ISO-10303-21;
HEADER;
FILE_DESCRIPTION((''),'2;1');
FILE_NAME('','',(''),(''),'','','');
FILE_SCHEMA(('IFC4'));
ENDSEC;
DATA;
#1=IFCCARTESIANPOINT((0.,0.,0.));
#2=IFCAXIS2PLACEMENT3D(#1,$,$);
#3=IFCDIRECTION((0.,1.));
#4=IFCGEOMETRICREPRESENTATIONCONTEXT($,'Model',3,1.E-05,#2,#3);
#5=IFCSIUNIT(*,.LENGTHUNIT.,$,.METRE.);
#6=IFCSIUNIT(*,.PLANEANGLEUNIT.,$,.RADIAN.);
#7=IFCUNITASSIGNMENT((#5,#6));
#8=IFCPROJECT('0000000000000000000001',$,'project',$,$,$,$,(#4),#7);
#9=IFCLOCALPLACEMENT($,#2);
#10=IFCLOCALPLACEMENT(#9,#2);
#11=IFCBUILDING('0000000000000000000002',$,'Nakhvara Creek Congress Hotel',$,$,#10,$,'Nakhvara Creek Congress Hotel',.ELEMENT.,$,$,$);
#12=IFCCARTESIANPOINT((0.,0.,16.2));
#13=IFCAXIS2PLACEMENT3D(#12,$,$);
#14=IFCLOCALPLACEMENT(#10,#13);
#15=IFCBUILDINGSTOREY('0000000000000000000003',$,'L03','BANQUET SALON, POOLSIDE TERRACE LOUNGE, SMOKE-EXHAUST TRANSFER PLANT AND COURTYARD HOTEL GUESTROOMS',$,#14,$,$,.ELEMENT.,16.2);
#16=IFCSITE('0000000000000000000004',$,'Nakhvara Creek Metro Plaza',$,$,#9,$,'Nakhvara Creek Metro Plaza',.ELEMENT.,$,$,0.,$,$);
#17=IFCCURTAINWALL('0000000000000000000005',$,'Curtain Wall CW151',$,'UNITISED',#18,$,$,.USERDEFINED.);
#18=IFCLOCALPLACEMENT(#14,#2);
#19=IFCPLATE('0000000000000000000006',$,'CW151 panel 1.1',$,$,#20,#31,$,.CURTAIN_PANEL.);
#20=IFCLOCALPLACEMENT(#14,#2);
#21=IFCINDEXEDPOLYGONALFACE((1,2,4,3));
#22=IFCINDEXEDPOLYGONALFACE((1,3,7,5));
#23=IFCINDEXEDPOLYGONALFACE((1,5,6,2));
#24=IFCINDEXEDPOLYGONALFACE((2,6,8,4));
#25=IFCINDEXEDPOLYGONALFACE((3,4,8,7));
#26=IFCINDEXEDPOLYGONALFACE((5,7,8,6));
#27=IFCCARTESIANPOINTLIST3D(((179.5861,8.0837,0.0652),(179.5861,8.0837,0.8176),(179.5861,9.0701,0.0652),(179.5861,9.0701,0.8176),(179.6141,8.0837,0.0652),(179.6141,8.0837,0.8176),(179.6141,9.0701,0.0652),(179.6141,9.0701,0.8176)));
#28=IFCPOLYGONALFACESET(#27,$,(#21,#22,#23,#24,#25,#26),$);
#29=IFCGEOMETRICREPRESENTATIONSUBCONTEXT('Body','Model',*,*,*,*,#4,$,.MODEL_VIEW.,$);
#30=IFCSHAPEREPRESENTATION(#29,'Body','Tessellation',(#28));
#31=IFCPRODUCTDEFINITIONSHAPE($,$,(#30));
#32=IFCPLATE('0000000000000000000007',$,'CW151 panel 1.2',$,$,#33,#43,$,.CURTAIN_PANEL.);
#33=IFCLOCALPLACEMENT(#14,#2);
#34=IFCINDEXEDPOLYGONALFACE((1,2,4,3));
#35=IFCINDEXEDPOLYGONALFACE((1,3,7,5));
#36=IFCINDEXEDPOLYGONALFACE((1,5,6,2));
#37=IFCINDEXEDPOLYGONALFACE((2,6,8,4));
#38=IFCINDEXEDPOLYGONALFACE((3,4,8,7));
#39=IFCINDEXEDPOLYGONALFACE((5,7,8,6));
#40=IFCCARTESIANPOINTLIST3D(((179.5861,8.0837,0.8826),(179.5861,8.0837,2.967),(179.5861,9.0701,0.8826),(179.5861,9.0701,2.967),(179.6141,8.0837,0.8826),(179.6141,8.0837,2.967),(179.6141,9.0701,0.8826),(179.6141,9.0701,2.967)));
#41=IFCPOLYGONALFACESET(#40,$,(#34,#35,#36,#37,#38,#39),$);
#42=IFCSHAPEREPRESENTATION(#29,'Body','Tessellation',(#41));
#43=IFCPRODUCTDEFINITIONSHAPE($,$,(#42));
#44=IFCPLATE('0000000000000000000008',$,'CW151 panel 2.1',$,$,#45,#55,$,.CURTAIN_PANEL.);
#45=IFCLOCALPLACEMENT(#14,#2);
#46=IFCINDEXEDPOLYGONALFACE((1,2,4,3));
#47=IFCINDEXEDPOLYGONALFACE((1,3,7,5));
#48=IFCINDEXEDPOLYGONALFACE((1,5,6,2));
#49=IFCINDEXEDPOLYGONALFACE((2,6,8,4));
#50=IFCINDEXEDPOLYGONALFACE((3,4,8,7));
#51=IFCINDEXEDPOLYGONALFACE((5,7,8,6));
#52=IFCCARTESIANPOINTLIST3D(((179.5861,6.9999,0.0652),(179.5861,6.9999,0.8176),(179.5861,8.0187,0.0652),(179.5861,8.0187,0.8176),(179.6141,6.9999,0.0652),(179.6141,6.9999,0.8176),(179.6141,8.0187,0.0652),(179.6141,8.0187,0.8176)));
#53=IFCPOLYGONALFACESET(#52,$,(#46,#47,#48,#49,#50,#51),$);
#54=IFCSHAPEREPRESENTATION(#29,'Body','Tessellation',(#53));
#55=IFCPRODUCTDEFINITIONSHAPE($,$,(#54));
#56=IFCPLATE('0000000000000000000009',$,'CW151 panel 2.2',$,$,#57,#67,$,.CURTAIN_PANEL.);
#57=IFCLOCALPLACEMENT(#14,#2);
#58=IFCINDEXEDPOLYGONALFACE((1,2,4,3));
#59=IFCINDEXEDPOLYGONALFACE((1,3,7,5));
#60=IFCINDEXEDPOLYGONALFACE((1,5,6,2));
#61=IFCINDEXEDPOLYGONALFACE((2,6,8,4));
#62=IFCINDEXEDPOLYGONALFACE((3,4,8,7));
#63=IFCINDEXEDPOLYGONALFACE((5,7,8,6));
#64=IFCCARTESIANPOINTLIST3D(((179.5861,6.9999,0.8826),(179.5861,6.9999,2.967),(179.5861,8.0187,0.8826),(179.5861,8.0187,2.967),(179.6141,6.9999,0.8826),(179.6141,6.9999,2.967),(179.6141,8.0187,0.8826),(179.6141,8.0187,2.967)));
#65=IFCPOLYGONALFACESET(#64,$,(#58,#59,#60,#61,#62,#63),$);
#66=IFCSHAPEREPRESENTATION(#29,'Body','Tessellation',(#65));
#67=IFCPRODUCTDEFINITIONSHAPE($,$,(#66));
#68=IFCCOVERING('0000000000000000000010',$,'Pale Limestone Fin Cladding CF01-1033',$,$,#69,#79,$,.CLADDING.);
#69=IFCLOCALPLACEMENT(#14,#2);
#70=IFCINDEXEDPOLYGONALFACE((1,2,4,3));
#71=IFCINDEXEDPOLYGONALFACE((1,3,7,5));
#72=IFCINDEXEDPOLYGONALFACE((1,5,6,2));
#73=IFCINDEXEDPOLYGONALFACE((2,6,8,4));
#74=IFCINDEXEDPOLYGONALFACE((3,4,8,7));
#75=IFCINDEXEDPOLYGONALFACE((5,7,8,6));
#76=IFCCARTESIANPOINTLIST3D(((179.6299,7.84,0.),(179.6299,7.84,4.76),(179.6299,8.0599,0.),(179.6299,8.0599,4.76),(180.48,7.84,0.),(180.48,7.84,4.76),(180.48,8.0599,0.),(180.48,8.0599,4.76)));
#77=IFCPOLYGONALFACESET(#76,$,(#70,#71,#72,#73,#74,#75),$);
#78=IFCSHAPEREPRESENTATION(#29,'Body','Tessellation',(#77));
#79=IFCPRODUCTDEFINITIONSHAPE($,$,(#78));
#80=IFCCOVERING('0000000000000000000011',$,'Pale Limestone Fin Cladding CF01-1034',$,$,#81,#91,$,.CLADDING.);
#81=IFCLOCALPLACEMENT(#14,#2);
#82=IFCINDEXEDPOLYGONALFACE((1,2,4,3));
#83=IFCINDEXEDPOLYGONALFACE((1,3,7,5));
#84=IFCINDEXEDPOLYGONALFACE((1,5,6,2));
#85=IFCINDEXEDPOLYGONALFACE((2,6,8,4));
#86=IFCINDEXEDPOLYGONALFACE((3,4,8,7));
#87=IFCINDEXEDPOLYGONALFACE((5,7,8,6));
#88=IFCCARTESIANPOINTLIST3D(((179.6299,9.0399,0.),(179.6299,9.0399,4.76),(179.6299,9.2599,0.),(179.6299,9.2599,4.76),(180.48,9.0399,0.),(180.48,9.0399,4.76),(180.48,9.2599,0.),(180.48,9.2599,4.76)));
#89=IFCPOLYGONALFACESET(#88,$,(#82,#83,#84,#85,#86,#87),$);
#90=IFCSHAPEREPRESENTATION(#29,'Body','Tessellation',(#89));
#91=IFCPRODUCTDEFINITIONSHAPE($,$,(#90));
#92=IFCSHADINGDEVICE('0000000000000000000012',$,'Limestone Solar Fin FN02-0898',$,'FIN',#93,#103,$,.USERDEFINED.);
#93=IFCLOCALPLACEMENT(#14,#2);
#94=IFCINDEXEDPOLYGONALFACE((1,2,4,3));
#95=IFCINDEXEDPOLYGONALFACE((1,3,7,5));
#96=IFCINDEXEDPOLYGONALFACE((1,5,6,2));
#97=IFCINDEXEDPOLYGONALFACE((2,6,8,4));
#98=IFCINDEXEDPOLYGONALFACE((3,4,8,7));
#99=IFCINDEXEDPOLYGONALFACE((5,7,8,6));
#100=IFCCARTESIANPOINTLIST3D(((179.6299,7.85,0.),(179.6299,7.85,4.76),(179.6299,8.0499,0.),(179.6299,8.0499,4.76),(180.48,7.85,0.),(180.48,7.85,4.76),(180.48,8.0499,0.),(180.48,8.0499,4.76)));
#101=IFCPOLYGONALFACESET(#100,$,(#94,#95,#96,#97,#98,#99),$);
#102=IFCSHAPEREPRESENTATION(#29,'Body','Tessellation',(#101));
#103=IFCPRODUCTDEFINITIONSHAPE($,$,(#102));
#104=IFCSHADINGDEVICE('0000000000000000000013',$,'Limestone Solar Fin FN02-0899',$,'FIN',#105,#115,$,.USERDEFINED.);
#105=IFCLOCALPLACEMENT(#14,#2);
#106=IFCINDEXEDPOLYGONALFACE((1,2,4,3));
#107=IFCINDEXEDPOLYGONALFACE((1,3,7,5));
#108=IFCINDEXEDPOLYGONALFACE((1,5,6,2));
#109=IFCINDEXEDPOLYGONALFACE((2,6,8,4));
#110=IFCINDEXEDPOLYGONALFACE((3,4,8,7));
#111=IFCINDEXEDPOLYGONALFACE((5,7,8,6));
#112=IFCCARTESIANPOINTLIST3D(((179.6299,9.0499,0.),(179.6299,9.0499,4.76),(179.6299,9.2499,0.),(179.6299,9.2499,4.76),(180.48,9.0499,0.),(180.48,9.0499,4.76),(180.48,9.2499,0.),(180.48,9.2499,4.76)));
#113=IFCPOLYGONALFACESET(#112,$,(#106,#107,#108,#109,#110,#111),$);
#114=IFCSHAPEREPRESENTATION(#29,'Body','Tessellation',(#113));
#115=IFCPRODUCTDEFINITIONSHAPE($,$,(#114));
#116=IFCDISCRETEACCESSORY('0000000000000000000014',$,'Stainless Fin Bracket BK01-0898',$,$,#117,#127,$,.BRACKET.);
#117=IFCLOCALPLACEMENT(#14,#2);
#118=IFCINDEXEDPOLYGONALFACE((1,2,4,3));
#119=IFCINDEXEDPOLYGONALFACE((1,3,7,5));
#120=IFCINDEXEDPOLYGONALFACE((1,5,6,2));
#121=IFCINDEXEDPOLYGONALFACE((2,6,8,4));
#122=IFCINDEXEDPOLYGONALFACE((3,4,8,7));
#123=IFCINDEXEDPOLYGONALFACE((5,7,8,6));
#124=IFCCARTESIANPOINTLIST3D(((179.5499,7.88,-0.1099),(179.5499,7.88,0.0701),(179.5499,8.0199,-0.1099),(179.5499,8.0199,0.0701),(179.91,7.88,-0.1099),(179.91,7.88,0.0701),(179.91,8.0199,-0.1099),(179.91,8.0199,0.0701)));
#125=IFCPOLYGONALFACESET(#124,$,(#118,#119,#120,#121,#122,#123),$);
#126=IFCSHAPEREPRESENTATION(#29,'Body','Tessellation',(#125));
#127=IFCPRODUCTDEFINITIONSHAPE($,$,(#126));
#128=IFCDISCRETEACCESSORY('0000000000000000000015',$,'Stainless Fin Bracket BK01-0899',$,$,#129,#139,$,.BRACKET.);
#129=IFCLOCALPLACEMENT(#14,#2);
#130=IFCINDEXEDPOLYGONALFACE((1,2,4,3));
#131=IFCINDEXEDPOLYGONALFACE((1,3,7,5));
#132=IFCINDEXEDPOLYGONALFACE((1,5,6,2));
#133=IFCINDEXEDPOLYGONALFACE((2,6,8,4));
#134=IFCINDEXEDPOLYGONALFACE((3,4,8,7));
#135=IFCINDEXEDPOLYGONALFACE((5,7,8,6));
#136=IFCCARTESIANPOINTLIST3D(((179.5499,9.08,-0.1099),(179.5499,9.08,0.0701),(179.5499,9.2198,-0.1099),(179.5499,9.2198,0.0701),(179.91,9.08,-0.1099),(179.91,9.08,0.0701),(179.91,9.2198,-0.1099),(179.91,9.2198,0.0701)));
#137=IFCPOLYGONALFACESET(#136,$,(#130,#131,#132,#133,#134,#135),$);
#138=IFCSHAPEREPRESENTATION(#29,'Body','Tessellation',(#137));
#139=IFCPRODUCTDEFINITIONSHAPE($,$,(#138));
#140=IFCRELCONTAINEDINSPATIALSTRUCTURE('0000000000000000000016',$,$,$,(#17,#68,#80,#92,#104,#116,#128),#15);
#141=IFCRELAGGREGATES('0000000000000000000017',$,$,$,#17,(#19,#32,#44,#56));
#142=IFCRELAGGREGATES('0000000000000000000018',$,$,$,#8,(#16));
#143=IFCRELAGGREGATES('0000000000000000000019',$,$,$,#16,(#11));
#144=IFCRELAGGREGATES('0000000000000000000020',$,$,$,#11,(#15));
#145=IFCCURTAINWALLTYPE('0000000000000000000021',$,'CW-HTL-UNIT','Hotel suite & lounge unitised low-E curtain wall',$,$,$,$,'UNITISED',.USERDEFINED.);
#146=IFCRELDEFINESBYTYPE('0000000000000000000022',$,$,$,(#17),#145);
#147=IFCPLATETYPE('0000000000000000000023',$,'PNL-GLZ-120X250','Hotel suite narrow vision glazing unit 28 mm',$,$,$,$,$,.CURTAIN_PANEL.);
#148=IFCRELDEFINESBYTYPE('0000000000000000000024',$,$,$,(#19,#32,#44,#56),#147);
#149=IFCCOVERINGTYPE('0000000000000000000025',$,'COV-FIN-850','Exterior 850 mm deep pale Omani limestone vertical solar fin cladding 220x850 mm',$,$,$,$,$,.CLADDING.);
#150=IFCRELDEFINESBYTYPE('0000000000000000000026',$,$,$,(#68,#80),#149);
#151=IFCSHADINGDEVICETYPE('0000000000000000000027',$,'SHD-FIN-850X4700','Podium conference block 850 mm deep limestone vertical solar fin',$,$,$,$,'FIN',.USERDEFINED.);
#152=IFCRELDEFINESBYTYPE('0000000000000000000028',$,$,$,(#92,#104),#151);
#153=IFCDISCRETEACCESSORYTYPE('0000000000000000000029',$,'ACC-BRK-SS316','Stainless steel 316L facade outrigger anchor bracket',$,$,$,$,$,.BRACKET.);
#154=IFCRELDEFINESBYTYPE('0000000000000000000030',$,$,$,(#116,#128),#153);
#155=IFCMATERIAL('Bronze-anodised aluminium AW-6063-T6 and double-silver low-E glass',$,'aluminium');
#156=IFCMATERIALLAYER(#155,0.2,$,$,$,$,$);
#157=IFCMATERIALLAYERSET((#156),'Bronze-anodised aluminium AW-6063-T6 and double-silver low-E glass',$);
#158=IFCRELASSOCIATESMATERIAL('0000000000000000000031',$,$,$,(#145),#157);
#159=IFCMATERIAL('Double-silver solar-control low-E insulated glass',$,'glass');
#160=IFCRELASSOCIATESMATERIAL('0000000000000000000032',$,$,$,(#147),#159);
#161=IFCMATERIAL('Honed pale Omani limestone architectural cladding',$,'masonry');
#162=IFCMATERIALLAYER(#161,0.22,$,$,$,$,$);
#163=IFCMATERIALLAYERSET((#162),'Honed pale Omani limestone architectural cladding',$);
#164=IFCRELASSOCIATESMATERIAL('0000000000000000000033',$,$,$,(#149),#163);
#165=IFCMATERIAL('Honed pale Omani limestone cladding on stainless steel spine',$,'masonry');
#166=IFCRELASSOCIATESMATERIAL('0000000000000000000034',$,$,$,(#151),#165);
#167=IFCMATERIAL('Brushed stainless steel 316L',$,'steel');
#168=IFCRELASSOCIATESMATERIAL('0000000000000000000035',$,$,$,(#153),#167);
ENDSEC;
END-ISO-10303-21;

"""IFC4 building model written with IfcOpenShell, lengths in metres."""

from ifc_helpers import new_model, si_unit, direction, frame, origin, origin_2d, place, context, subcontext, project, spatial, rectangle, extrude, material, layer, layer_set, type_object, element, aggregate, save


model = new_model("IFC4")

# Units and contexts
model_context = context("Model", 3, precision=1e-05, world=origin(), true_north=direction((0.0, 1.0)))
body_context = subcontext(model_context, "Body", "Model", "MODEL_VIEW")
ifc_project = project(units=[si_unit("LENGTHUNIT", "METRE"), si_unit("PLANEANGLEUNIT", "RADIAN")], contexts=[model_context])

# Site, building, storey
site_placement = place(None, origin())
site = spatial("IfcSite", under=ifc_project, at=site_placement, Name="Nakhvara Creek Metro Plaza", LongName="Nakhvara Creek Metro Plaza", CompositionType="ELEMENT", RefElevation=0.0)
building_placement = place(site_placement, origin())
building = spatial("IfcBuilding", under=site, at=building_placement, Name="Nakhvara Creek Congress Hotel", LongName="Nakhvara Creek Congress Hotel", CompositionType="ELEMENT")
storey_placement = place(building_placement, frame((0.0, 0.0, 16.2)))
storey = spatial("IfcBuildingStorey", under=building, at=storey_placement, Name="L03", Description="BANQUET SALON, POOLSIDE TERRACE LOUNGE, SMOKE-EXHAUST TRANSFER PLANT AND COURTYARD HOTEL GUESTROOMS", CompositionType="ELEMENT", Elevation=16.2)

# Curtain wall, plates
ifc_material_1 = material(Name="Bronze-anodised aluminium AW-6063-T6 and double-silver low-E glass", Category="aluminium")
ifc_layer_1 = layer(ifc_material_1, 0.2)
ifc_layer_set_1 = layer_set([ifc_layer_1], Name="Bronze-anodised aluminium AW-6063-T6 and double-silver low-E glass")
curtain_wall_type = type_object("IfcCurtainWallType", Name="CW-HTL-UNIT", Description="Hotel suite & lounge unitised low-E curtain wall", ElementType="UNITISED", PredefinedType="USERDEFINED", material=ifc_layer_set_1)
curtain_wall_placement = place(storey_placement, origin())
curtain_wall = element("IfcCurtainWall", 1, at=curtain_wall_placement, inside=storey, type_object=curtain_wall_type, Name="Curtain Wall CW151", ObjectType="UNITISED", PredefinedType="USERDEFINED")
ifc_material_2 = material(Name="Double-silver solar-control low-E insulated glass", Category="glass")
plate_type = type_object("IfcPlateType", Name="PNL-GLZ-120X250", Description="Hotel suite narrow vision glazing unit 28 mm", PredefinedType="CURTAIN_PANEL", material=ifc_material_2)
plate_1_placement = place(storey_placement, frame((179.6001, 8.5769, 0.0652), z_axis=(0.0, 0.0, 1.0), x_axis=(0.0, -1.0, 0.0)))
plate_1 = element("IfcPlate", 2, at=plate_1_placement, type_object=plate_type, Name="CW151 panel 1.1", PredefinedType="CURTAIN_PANEL", context=body_context, shape_type="SweptSolid", body=[
    extrude(rectangle(XDim=0.9863, YDim=0.0281, at=origin_2d()), origin(), (0.0, 0.0, 1.0), 0.7524),
])
plate_2_placement = place(storey_placement, frame((179.6001, 8.5769, 0.8826), z_axis=(0.0, 0.0, 1.0), x_axis=(0.0, -1.0, 0.0)))
plate_2 = element("IfcPlate", 3, at=plate_2_placement, type_object=plate_type, Name="CW151 panel 1.2", PredefinedType="CURTAIN_PANEL", context=body_context, shape_type="SweptSolid", body=[
    extrude(rectangle(XDim=0.9863, YDim=0.0281, at=origin_2d()), origin(), (0.0, 0.0, 1.0), 2.0845),
])
plate_3_placement = place(storey_placement, frame((179.6001, 7.5093, 0.0652), z_axis=(0.0, 0.0, 1.0), x_axis=(0.0, -1.0, 0.0)))
plate_3 = element("IfcPlate", 4, at=plate_3_placement, type_object=plate_type, Name="CW151 panel 2.1", PredefinedType="CURTAIN_PANEL", context=body_context, shape_type="SweptSolid", body=[
    extrude(rectangle(XDim=1.0188, YDim=0.0281, at=origin_2d()), origin(), (0.0, 0.0, 1.0), 0.7524),
])
plate_4_placement = place(storey_placement, frame((179.6001, 7.5093, 0.8826), z_axis=(0.0, 0.0, 1.0), x_axis=(0.0, -1.0, 0.0)))
plate_4 = element("IfcPlate", 5, at=plate_4_placement, type_object=plate_type, Name="CW151 panel 2.2", PredefinedType="CURTAIN_PANEL", context=body_context, shape_type="SweptSolid", body=[
    extrude(rectangle(XDim=1.0188, YDim=0.0281, at=origin_2d()), origin(), (0.0, 0.0, 1.0), 2.0845),
])
aggregate(curtain_wall, [plate_1, plate_2, plate_3, plate_4])

# Coverings
ifc_material_3 = material(Name="Honed pale Omani limestone architectural cladding", Category="masonry")
ifc_layer_2 = layer(ifc_material_3, 0.22)
ifc_layer_set_2 = layer_set([ifc_layer_2], Name="Honed pale Omani limestone architectural cladding")
covering_type = type_object("IfcCoveringType", Name="COV-FIN-850", Description="Exterior 850 mm deep pale Omani limestone vertical solar fin cladding 220x850 mm", PredefinedType="CLADDING", material=ifc_layer_set_2)
for number, where, z_axis, x_axis, name in (
    (6, (180.0549, 7.95, 0.0), (0.0, 0.0, 1.0), (0.0, 1.0, 0.0), "Pale Limestone Fin Cladding CF01-1033"),
    (7, (180.0549, 9.1499, 0.0), (0.0, 0.0, 1.0), (0.0, 1.0, 0.0), "Pale Limestone Fin Cladding CF01-1034"),
):
    element("IfcCovering", number, at=place(storey_placement, frame(where, z_axis=z_axis, x_axis=x_axis)), inside=storey, type_object=covering_type, Name=name, PredefinedType="CLADDING", context=body_context, shape_type="SweptSolid", body=[
        extrude(rectangle(XDim=0.22, YDim=0.8501, at=origin_2d()), origin(), (0.0, 0.0, 1.0), 4.76),
    ])

# Shading devices
ifc_material_4 = material(Name="Honed pale Omani limestone cladding on stainless steel spine", Category="masonry")
shading_device_type = type_object("IfcShadingDeviceType", Name="SHD-FIN-850X4700", Description="Podium conference block 850 mm deep limestone vertical solar fin", ElementType="FIN", PredefinedType="USERDEFINED", material=ifc_material_4)
for number, where, z_axis, x_axis, name in (
    (8, (180.0549, 7.95, 0.0), (0.0, 0.0, 1.0), (0.0, 1.0, 0.0), "Limestone Solar Fin FN02-0898"),
    (9, (180.0549, 9.1499, 0.0), (0.0, 0.0, 1.0), (0.0, 1.0, 0.0), "Limestone Solar Fin FN02-0899"),
):
    element("IfcShadingDevice", number, at=place(storey_placement, frame(where, z_axis=z_axis, x_axis=x_axis)), inside=storey, type_object=shading_device_type, Name=name, ObjectType="FIN", PredefinedType="USERDEFINED", context=body_context, shape_type="SweptSolid", body=[
        extrude(rectangle(XDim=0.2, YDim=0.8501, at=origin_2d()), origin(), (0.0, 0.0, 1.0), 4.76),
    ])

# Discrete accessories
ifc_material_5 = material(Name="Brushed stainless steel 316L", Category="steel")
discrete_accessory_type = type_object("IfcDiscreteAccessoryType", Name="ACC-BRK-SS316", Description="Stainless steel 316L facade outrigger anchor bracket", PredefinedType="BRACKET", material=ifc_material_5)
for number, where, z_axis, x_axis, name in (
    (10, (179.73, 7.95, -0.1099), (0.0, 0.0, 1.0), (0.0, 1.0, 0.0), "Stainless Fin Bracket BK01-0898"),
    (11, (179.73, 9.1499, -0.1099), (0.0, 0.0, 1.0), (0.0, 1.0, 0.0), "Stainless Fin Bracket BK01-0899"),
):
    element("IfcDiscreteAccessory", number, at=place(storey_placement, frame(where, z_axis=z_axis, x_axis=x_axis)), inside=storey, type_object=discrete_accessory_type, Name=name, PredefinedType="BRACKET", context=body_context, shape_type="SweptSolid", body=[
        extrude(rectangle(XDim=0.1399, YDim=0.3601, at=origin_2d()), origin(), (0.0, 0.0, 1.0), 0.1799),
    ])

save(model, "model.ifc")
